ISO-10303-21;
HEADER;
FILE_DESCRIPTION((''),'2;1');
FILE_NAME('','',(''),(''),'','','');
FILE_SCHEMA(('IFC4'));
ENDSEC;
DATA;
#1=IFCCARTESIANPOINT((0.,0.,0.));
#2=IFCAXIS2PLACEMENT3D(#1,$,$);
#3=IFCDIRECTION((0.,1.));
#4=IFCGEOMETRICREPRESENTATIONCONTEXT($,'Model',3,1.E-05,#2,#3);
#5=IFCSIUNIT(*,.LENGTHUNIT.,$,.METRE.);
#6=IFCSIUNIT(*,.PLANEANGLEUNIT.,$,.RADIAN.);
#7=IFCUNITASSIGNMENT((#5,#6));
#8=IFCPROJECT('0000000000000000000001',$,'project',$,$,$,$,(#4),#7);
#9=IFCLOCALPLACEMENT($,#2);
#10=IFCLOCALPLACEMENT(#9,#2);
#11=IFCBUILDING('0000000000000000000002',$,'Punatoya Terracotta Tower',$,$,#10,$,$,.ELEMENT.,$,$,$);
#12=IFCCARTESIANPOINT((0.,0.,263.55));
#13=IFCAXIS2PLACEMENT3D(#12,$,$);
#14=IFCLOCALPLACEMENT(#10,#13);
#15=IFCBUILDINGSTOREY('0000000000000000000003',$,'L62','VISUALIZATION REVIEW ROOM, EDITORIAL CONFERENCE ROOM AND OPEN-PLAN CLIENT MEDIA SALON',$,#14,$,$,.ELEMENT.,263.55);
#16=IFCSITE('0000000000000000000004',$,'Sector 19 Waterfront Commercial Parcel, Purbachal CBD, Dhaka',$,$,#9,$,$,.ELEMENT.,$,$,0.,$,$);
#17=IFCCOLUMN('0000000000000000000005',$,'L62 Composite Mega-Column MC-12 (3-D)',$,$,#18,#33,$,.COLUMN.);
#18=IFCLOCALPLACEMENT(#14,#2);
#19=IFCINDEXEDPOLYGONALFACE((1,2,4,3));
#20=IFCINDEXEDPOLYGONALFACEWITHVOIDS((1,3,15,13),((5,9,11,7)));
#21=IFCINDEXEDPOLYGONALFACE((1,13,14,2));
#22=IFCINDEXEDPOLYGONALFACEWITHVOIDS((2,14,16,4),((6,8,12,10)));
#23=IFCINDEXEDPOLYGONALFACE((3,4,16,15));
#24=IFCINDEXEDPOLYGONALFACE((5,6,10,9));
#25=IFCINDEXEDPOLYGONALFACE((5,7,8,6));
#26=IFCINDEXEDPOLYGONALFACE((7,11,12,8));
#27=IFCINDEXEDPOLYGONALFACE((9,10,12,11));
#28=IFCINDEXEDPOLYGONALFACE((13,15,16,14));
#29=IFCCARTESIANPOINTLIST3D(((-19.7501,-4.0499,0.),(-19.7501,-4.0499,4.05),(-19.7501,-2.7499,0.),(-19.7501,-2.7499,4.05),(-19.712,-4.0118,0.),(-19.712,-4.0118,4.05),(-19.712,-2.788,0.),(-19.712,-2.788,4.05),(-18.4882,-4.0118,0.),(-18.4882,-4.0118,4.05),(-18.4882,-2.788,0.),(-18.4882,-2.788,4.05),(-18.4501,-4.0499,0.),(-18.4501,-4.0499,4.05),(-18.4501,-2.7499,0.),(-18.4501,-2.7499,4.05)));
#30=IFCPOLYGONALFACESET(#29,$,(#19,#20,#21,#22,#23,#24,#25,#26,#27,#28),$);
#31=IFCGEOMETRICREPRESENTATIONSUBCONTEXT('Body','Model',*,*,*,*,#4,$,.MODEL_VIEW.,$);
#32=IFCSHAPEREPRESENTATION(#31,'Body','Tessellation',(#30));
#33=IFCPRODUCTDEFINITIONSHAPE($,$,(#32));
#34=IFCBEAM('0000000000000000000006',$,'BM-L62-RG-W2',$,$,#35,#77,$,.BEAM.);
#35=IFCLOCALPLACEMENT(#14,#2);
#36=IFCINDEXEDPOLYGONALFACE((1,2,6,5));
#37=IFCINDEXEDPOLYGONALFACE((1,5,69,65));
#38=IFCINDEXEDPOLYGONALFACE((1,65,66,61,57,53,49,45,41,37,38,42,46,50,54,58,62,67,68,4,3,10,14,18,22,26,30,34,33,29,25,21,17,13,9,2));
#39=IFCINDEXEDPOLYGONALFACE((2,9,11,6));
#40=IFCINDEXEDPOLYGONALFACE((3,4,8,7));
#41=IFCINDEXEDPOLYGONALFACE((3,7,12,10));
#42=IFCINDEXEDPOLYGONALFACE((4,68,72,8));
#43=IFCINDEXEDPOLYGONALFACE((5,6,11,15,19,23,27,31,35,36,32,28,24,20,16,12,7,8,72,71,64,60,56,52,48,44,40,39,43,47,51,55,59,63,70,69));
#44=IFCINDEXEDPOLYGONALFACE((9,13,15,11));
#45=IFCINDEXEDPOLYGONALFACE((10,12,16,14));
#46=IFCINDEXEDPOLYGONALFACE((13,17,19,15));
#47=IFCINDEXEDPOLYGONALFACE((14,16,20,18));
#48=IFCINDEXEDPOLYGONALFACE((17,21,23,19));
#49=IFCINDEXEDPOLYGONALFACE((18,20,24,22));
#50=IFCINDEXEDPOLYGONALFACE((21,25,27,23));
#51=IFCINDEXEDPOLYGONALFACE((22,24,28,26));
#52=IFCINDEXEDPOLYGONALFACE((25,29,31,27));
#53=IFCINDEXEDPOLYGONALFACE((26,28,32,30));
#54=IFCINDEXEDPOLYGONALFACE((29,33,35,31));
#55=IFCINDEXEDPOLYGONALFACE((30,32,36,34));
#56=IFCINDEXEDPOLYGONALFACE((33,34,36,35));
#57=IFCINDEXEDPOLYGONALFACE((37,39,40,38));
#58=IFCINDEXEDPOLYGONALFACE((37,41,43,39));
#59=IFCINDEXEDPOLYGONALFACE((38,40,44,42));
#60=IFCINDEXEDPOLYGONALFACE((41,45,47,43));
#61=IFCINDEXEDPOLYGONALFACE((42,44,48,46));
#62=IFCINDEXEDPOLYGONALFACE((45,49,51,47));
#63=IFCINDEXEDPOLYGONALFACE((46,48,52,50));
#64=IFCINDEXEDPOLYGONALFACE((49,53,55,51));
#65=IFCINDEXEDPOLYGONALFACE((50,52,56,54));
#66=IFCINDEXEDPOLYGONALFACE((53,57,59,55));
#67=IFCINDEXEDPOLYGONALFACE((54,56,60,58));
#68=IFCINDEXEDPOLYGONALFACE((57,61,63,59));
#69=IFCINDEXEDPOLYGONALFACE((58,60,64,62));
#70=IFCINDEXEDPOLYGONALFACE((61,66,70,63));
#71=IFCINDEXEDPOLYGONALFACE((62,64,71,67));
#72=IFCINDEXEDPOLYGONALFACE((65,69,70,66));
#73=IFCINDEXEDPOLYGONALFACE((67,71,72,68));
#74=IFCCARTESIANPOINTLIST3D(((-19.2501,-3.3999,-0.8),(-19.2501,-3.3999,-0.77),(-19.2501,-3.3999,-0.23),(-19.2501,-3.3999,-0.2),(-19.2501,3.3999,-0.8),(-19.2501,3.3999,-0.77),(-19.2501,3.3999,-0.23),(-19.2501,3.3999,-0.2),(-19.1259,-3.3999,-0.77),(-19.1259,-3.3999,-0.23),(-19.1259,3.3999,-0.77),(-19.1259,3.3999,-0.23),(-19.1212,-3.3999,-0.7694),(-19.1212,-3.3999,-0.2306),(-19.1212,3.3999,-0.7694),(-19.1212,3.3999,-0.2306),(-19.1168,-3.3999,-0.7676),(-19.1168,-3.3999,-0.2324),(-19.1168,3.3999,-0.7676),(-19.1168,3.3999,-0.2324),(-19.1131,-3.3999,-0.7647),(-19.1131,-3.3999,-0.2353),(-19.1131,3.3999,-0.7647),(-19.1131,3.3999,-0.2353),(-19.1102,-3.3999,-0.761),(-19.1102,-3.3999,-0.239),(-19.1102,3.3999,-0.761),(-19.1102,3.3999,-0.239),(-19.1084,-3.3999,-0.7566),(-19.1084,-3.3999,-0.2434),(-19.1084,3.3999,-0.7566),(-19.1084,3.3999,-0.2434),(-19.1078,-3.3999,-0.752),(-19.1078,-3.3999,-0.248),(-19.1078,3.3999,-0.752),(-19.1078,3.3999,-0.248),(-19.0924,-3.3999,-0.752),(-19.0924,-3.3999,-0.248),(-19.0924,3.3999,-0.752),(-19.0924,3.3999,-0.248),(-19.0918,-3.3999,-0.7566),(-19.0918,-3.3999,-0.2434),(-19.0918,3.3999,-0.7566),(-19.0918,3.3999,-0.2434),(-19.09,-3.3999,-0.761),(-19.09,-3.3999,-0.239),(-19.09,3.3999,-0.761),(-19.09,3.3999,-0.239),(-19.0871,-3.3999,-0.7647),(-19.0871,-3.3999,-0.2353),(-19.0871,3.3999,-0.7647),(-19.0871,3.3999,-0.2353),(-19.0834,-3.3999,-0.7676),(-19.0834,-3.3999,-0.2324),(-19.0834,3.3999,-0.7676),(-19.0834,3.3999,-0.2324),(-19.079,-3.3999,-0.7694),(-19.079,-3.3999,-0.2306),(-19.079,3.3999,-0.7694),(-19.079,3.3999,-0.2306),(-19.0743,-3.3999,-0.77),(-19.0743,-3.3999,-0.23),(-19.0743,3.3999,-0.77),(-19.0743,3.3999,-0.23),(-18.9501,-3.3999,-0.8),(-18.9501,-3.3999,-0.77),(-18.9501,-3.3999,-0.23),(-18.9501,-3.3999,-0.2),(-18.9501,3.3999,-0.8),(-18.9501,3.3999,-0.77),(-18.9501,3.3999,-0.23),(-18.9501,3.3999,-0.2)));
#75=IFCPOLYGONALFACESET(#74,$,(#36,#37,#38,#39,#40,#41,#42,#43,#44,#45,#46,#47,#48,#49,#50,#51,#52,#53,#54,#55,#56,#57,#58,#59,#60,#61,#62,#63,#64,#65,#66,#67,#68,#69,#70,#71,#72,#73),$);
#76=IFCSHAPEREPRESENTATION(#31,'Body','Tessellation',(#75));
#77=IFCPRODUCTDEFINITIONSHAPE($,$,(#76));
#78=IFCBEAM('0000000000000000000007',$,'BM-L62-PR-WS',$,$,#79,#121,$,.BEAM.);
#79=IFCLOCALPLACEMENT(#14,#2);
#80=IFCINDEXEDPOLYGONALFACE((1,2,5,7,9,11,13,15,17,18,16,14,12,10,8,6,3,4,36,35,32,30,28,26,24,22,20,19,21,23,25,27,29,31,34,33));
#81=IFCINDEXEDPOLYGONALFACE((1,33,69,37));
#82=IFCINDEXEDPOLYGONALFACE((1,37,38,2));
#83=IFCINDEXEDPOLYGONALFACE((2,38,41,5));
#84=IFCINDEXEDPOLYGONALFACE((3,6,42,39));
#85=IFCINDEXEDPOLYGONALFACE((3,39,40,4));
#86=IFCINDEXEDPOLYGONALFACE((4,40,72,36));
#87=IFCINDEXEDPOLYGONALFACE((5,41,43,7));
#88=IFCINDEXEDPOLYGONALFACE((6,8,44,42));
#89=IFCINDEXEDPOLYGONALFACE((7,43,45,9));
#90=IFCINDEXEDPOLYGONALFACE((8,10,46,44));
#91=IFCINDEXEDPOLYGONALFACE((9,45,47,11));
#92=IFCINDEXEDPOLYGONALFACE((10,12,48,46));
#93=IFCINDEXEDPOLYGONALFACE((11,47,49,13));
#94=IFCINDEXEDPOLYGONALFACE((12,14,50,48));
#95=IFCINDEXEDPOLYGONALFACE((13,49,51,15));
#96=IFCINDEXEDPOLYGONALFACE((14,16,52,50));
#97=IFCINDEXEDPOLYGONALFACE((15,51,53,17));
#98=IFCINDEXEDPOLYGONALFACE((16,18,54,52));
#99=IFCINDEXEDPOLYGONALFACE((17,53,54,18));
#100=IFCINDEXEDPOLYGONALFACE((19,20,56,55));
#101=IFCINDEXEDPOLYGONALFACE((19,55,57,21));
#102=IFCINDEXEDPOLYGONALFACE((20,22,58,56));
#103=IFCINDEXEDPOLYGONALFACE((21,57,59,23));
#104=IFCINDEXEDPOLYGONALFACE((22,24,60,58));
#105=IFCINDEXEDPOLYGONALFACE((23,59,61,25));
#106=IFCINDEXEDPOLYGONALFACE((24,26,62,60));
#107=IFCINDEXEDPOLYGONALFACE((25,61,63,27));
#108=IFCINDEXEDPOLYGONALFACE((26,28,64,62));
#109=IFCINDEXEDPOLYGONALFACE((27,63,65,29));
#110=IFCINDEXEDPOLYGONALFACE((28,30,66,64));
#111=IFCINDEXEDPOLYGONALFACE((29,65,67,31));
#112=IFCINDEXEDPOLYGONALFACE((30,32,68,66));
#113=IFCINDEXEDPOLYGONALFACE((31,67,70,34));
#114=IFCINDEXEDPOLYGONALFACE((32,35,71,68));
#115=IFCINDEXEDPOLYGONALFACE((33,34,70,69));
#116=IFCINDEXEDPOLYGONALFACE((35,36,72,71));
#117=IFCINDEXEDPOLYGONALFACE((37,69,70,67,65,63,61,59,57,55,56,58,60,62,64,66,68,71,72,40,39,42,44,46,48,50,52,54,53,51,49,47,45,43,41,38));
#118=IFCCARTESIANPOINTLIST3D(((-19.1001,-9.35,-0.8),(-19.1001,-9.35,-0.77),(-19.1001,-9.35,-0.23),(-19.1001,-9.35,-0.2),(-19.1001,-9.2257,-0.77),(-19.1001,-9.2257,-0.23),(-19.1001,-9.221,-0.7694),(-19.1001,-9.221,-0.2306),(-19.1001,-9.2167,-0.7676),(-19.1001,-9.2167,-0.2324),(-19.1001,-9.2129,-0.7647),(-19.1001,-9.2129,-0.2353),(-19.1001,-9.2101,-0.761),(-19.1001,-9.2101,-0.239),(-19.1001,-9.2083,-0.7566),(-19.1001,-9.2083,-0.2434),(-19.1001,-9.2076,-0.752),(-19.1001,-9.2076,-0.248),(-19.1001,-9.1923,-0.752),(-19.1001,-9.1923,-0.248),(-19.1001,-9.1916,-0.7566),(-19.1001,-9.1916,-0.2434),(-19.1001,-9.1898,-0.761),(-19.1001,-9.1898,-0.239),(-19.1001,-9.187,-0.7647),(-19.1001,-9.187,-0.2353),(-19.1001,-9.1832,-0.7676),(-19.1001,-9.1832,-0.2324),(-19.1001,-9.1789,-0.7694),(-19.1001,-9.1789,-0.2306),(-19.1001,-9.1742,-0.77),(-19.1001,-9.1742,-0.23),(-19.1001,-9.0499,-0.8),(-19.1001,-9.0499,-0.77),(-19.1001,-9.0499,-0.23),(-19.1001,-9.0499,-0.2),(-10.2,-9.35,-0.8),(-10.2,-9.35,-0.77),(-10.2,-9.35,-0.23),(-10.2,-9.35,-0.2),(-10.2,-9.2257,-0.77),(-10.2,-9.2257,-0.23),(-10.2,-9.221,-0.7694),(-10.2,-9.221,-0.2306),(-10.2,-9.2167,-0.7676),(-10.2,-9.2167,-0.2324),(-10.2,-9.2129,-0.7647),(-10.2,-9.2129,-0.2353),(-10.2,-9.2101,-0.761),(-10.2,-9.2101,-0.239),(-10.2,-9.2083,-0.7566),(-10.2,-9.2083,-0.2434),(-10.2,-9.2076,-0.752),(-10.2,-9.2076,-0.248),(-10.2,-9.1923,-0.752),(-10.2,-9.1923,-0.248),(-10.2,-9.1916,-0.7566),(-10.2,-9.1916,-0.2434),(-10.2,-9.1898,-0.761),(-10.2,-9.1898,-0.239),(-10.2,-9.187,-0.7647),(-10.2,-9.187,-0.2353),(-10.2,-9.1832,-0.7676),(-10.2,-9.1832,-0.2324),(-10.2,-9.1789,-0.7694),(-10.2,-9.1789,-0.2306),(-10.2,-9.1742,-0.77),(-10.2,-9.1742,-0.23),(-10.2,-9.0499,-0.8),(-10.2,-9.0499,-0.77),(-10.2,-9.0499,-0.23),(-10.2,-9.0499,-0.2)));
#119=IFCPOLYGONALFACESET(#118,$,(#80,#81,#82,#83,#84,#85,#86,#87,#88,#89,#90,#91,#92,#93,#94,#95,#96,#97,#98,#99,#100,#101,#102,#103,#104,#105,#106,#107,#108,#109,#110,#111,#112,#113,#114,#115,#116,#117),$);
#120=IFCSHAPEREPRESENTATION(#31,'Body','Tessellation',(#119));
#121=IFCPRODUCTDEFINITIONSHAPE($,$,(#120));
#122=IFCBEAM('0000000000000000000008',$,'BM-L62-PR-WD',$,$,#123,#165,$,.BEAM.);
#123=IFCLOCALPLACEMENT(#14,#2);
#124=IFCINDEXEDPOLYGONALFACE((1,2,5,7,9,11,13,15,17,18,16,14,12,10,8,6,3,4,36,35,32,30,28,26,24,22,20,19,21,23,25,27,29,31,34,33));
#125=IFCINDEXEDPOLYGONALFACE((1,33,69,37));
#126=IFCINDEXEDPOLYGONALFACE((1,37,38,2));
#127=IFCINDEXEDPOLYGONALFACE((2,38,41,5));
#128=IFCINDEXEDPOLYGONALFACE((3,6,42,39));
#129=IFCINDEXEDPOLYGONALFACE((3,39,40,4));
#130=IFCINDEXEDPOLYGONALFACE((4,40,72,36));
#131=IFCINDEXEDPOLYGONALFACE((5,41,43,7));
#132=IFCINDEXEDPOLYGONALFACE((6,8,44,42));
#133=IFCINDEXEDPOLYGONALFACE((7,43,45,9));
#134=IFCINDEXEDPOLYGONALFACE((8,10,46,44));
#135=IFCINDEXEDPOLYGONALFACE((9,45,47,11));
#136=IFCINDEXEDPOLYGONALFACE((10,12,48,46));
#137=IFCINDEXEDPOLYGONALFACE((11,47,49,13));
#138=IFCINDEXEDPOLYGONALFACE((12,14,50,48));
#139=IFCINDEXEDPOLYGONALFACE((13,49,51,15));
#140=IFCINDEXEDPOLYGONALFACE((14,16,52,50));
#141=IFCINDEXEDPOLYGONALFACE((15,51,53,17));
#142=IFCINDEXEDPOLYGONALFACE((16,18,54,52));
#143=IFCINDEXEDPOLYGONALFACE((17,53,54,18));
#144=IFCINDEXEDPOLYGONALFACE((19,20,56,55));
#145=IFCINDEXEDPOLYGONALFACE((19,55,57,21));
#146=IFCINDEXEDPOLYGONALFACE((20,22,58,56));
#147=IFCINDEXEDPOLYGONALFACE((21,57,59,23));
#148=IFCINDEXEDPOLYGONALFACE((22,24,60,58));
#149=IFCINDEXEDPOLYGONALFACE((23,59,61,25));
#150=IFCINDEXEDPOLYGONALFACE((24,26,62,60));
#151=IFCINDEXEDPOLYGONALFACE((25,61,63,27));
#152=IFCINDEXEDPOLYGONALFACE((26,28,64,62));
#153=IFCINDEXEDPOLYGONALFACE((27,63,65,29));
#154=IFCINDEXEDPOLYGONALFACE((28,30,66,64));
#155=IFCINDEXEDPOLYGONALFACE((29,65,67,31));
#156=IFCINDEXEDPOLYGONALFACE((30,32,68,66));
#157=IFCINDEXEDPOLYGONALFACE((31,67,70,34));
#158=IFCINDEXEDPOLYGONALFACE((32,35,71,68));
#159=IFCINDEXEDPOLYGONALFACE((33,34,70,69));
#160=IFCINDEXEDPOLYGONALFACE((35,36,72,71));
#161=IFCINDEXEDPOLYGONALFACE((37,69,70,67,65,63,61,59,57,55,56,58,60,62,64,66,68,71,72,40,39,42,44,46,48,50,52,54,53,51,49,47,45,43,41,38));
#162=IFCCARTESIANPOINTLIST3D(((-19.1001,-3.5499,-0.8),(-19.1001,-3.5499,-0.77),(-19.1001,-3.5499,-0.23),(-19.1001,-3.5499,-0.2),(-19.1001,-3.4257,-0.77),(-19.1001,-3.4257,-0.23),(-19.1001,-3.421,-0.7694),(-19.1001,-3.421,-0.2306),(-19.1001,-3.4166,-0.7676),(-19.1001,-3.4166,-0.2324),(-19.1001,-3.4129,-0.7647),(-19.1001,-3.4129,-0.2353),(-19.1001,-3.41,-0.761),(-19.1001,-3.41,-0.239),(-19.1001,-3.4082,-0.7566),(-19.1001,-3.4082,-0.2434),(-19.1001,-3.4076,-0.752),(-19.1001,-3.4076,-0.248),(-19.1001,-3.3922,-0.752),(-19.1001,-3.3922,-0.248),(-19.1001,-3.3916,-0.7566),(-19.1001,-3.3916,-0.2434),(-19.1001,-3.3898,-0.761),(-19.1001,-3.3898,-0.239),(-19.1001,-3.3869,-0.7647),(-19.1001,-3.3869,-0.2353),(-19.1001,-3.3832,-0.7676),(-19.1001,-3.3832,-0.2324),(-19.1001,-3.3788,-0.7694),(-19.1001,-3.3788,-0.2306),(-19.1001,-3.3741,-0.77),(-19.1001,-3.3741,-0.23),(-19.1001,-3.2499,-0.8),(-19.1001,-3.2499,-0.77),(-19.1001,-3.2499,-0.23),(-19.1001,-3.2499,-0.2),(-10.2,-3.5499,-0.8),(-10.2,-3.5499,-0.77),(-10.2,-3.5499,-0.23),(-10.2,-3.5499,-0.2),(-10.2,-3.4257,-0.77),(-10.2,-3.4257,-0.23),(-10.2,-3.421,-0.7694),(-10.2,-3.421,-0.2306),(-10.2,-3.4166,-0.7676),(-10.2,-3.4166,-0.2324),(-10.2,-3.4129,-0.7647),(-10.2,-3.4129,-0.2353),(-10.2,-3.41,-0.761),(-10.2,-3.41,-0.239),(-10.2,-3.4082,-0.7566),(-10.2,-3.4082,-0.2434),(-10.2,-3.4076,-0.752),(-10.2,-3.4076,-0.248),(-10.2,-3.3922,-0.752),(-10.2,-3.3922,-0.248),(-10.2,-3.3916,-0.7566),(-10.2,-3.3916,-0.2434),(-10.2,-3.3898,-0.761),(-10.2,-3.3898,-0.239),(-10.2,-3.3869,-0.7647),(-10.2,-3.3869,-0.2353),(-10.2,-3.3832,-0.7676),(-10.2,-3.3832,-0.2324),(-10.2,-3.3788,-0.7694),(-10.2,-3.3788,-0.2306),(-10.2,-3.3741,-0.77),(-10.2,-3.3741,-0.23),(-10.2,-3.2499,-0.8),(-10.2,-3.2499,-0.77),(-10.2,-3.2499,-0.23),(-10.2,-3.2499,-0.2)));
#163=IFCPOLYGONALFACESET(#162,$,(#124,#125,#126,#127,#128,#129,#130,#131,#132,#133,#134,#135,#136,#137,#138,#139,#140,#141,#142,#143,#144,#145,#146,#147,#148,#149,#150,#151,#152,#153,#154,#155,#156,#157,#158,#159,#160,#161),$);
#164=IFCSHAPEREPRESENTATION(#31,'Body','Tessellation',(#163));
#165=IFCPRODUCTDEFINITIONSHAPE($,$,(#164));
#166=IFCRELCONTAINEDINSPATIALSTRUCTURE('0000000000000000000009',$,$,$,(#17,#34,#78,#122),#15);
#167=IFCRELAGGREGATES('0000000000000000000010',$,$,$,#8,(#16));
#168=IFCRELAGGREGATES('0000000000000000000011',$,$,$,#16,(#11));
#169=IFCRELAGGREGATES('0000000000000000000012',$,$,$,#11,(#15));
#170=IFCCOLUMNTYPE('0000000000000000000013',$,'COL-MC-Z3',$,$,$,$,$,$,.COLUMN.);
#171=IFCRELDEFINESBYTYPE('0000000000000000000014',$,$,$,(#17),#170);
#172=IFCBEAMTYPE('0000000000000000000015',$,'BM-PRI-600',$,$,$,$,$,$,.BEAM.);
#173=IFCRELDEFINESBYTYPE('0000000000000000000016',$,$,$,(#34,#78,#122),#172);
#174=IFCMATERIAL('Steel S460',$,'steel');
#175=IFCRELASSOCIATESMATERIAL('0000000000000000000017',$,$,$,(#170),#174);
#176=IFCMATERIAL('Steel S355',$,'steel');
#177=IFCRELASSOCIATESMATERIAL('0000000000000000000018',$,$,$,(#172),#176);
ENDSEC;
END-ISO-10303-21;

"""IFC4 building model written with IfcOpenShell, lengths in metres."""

from ifc_helpers import new_model, si_unit, direction, frame, origin, origin_2d, place, context, subcontext, project, spatial, hollow_rectangle, i_section, extrude, material, material_profile, profile_set, type_object, element, save


model = new_model("IFC4")

# Units and contexts
model_context = context("Model", 3, precision=1e-05, world=origin(), true_north=direction((0.0, 1.0)))
body_context = subcontext(model_context, "Body", "Model", "MODEL_VIEW")
ifc_project = project(units=[si_unit("LENGTHUNIT", "METRE"), si_unit("PLANEANGLEUNIT", "RADIAN")], contexts=[model_context])

# Site, building, storey
site_placement = place(None, origin())
site = spatial("IfcSite", under=ifc_project, at=site_placement, Name="Sector 19 Waterfront Commercial Parcel, Purbachal CBD, Dhaka", CompositionType="ELEMENT", RefElevation=0.0)
building_placement = place(site_placement, origin())
building = spatial("IfcBuilding", under=site, at=building_placement, Name="Punatoya Terracotta Tower", CompositionType="ELEMENT")
storey_placement = place(building_placement, frame((0.0, 0.0, 263.55)))
storey = spatial("IfcBuildingStorey", under=building, at=storey_placement, Name="L62", Description="VISUALIZATION REVIEW ROOM, EDITORIAL CONFERENCE ROOM AND OPEN-PLAN CLIENT MEDIA SALON", CompositionType="ELEMENT", Elevation=263.55)

# Column
ifc_material_1 = material(Name="Steel S460", Category="steel")
ifc_material_profile_1 = material_profile(ifc_material_1, hollow_rectangle(XDim=1.3, YDim=1.3, WallThickness=0.0381, at=origin_2d()))
ifc_profile_set_1 = profile_set([ifc_material_profile_1], Name="Steel S460")
column_type = type_object("IfcColumnType", Name="COL-MC-Z3", PredefinedType="COLUMN", material=ifc_profile_set_1)
column_placement = place(storey_placement, frame((-19.1001, -3.3999, 0.0), z_axis=(0.0, 0.0, 1.0), x_axis=(1.0, 0.0, 0.0)))
element("IfcColumn", 1, at=column_placement, inside=storey, type_object=column_type, Name="L62 Composite Mega-Column MC-12 (3-D)", PredefinedType="COLUMN", context=body_context, shape_type="SweptSolid", body=[
    extrude(hollow_rectangle(XDim=1.3, YDim=1.3, WallThickness=0.0381, at=origin_2d()), origin(), (0.0, 0.0, 1.0), 4.05),
])

# Beams
ifc_material_2 = material(Name="Steel S355", Category="steel")
ifc_material_profile_2 = material_profile(ifc_material_2, i_section(OverallWidth=0.3, OverallDepth=0.6001, WebThickness=0.0154, FlangeThickness=0.03, FilletRadius=0.0181, at=origin_2d()))
ifc_profile_set_2 = profile_set([ifc_material_profile_2], Name="Steel S355")
beam_type_1 = type_object("IfcBeamType", Name="BM-PRI-600", PredefinedType="BEAM", material=ifc_profile_set_2)
beam_1_placement = place(storey_placement, frame((-19.1001, -3.3999, -0.5), z_axis=(0.0, 1.0, 0.0), x_axis=(-1.0, 0.0, 0.0)))
element("IfcBeam", 2, at=beam_1_placement, inside=storey, type_object=beam_type_1, Name="BM-L62-RG-W2", PredefinedType="BEAM", context=body_context, shape_type="SweptSolid", body=[
    extrude(i_section(OverallWidth=0.3, OverallDepth=0.6001, WebThickness=0.0154, FlangeThickness=0.03, FilletRadius=0.0181, at=origin_2d()), origin(), (0.0, 0.0, 1.0), 6.7998),
])
for number, where, z_axis, x_axis, name in (
    (3, (-19.1001, -9.2, -0.5), (1.0, 0.0, 0.0), (0.0, 1.0, 0.0), "BM-L62-PR-WS"),
    (4, (-19.1001, -3.3999, -0.5), (1.0, 0.0, 0.0), (0.0, 1.0, 0.0), "BM-L62-PR-WD"),
):
    element("IfcBeam", number, at=place(storey_placement, frame(where, z_axis=z_axis, x_axis=x_axis)), inside=storey, type_object=beam_type_1, Name=name, PredefinedType="BEAM", context=body_context, shape_type="SweptSolid", body=[
        extrude(i_section(OverallWidth=0.3, OverallDepth=0.6001, WebThickness=0.0154, FlangeThickness=0.03, FilletRadius=0.0181, at=origin_2d()), origin(), (0.0, 0.0, 1.0), 8.9001),
    ])

save(model, "model.ifc")
